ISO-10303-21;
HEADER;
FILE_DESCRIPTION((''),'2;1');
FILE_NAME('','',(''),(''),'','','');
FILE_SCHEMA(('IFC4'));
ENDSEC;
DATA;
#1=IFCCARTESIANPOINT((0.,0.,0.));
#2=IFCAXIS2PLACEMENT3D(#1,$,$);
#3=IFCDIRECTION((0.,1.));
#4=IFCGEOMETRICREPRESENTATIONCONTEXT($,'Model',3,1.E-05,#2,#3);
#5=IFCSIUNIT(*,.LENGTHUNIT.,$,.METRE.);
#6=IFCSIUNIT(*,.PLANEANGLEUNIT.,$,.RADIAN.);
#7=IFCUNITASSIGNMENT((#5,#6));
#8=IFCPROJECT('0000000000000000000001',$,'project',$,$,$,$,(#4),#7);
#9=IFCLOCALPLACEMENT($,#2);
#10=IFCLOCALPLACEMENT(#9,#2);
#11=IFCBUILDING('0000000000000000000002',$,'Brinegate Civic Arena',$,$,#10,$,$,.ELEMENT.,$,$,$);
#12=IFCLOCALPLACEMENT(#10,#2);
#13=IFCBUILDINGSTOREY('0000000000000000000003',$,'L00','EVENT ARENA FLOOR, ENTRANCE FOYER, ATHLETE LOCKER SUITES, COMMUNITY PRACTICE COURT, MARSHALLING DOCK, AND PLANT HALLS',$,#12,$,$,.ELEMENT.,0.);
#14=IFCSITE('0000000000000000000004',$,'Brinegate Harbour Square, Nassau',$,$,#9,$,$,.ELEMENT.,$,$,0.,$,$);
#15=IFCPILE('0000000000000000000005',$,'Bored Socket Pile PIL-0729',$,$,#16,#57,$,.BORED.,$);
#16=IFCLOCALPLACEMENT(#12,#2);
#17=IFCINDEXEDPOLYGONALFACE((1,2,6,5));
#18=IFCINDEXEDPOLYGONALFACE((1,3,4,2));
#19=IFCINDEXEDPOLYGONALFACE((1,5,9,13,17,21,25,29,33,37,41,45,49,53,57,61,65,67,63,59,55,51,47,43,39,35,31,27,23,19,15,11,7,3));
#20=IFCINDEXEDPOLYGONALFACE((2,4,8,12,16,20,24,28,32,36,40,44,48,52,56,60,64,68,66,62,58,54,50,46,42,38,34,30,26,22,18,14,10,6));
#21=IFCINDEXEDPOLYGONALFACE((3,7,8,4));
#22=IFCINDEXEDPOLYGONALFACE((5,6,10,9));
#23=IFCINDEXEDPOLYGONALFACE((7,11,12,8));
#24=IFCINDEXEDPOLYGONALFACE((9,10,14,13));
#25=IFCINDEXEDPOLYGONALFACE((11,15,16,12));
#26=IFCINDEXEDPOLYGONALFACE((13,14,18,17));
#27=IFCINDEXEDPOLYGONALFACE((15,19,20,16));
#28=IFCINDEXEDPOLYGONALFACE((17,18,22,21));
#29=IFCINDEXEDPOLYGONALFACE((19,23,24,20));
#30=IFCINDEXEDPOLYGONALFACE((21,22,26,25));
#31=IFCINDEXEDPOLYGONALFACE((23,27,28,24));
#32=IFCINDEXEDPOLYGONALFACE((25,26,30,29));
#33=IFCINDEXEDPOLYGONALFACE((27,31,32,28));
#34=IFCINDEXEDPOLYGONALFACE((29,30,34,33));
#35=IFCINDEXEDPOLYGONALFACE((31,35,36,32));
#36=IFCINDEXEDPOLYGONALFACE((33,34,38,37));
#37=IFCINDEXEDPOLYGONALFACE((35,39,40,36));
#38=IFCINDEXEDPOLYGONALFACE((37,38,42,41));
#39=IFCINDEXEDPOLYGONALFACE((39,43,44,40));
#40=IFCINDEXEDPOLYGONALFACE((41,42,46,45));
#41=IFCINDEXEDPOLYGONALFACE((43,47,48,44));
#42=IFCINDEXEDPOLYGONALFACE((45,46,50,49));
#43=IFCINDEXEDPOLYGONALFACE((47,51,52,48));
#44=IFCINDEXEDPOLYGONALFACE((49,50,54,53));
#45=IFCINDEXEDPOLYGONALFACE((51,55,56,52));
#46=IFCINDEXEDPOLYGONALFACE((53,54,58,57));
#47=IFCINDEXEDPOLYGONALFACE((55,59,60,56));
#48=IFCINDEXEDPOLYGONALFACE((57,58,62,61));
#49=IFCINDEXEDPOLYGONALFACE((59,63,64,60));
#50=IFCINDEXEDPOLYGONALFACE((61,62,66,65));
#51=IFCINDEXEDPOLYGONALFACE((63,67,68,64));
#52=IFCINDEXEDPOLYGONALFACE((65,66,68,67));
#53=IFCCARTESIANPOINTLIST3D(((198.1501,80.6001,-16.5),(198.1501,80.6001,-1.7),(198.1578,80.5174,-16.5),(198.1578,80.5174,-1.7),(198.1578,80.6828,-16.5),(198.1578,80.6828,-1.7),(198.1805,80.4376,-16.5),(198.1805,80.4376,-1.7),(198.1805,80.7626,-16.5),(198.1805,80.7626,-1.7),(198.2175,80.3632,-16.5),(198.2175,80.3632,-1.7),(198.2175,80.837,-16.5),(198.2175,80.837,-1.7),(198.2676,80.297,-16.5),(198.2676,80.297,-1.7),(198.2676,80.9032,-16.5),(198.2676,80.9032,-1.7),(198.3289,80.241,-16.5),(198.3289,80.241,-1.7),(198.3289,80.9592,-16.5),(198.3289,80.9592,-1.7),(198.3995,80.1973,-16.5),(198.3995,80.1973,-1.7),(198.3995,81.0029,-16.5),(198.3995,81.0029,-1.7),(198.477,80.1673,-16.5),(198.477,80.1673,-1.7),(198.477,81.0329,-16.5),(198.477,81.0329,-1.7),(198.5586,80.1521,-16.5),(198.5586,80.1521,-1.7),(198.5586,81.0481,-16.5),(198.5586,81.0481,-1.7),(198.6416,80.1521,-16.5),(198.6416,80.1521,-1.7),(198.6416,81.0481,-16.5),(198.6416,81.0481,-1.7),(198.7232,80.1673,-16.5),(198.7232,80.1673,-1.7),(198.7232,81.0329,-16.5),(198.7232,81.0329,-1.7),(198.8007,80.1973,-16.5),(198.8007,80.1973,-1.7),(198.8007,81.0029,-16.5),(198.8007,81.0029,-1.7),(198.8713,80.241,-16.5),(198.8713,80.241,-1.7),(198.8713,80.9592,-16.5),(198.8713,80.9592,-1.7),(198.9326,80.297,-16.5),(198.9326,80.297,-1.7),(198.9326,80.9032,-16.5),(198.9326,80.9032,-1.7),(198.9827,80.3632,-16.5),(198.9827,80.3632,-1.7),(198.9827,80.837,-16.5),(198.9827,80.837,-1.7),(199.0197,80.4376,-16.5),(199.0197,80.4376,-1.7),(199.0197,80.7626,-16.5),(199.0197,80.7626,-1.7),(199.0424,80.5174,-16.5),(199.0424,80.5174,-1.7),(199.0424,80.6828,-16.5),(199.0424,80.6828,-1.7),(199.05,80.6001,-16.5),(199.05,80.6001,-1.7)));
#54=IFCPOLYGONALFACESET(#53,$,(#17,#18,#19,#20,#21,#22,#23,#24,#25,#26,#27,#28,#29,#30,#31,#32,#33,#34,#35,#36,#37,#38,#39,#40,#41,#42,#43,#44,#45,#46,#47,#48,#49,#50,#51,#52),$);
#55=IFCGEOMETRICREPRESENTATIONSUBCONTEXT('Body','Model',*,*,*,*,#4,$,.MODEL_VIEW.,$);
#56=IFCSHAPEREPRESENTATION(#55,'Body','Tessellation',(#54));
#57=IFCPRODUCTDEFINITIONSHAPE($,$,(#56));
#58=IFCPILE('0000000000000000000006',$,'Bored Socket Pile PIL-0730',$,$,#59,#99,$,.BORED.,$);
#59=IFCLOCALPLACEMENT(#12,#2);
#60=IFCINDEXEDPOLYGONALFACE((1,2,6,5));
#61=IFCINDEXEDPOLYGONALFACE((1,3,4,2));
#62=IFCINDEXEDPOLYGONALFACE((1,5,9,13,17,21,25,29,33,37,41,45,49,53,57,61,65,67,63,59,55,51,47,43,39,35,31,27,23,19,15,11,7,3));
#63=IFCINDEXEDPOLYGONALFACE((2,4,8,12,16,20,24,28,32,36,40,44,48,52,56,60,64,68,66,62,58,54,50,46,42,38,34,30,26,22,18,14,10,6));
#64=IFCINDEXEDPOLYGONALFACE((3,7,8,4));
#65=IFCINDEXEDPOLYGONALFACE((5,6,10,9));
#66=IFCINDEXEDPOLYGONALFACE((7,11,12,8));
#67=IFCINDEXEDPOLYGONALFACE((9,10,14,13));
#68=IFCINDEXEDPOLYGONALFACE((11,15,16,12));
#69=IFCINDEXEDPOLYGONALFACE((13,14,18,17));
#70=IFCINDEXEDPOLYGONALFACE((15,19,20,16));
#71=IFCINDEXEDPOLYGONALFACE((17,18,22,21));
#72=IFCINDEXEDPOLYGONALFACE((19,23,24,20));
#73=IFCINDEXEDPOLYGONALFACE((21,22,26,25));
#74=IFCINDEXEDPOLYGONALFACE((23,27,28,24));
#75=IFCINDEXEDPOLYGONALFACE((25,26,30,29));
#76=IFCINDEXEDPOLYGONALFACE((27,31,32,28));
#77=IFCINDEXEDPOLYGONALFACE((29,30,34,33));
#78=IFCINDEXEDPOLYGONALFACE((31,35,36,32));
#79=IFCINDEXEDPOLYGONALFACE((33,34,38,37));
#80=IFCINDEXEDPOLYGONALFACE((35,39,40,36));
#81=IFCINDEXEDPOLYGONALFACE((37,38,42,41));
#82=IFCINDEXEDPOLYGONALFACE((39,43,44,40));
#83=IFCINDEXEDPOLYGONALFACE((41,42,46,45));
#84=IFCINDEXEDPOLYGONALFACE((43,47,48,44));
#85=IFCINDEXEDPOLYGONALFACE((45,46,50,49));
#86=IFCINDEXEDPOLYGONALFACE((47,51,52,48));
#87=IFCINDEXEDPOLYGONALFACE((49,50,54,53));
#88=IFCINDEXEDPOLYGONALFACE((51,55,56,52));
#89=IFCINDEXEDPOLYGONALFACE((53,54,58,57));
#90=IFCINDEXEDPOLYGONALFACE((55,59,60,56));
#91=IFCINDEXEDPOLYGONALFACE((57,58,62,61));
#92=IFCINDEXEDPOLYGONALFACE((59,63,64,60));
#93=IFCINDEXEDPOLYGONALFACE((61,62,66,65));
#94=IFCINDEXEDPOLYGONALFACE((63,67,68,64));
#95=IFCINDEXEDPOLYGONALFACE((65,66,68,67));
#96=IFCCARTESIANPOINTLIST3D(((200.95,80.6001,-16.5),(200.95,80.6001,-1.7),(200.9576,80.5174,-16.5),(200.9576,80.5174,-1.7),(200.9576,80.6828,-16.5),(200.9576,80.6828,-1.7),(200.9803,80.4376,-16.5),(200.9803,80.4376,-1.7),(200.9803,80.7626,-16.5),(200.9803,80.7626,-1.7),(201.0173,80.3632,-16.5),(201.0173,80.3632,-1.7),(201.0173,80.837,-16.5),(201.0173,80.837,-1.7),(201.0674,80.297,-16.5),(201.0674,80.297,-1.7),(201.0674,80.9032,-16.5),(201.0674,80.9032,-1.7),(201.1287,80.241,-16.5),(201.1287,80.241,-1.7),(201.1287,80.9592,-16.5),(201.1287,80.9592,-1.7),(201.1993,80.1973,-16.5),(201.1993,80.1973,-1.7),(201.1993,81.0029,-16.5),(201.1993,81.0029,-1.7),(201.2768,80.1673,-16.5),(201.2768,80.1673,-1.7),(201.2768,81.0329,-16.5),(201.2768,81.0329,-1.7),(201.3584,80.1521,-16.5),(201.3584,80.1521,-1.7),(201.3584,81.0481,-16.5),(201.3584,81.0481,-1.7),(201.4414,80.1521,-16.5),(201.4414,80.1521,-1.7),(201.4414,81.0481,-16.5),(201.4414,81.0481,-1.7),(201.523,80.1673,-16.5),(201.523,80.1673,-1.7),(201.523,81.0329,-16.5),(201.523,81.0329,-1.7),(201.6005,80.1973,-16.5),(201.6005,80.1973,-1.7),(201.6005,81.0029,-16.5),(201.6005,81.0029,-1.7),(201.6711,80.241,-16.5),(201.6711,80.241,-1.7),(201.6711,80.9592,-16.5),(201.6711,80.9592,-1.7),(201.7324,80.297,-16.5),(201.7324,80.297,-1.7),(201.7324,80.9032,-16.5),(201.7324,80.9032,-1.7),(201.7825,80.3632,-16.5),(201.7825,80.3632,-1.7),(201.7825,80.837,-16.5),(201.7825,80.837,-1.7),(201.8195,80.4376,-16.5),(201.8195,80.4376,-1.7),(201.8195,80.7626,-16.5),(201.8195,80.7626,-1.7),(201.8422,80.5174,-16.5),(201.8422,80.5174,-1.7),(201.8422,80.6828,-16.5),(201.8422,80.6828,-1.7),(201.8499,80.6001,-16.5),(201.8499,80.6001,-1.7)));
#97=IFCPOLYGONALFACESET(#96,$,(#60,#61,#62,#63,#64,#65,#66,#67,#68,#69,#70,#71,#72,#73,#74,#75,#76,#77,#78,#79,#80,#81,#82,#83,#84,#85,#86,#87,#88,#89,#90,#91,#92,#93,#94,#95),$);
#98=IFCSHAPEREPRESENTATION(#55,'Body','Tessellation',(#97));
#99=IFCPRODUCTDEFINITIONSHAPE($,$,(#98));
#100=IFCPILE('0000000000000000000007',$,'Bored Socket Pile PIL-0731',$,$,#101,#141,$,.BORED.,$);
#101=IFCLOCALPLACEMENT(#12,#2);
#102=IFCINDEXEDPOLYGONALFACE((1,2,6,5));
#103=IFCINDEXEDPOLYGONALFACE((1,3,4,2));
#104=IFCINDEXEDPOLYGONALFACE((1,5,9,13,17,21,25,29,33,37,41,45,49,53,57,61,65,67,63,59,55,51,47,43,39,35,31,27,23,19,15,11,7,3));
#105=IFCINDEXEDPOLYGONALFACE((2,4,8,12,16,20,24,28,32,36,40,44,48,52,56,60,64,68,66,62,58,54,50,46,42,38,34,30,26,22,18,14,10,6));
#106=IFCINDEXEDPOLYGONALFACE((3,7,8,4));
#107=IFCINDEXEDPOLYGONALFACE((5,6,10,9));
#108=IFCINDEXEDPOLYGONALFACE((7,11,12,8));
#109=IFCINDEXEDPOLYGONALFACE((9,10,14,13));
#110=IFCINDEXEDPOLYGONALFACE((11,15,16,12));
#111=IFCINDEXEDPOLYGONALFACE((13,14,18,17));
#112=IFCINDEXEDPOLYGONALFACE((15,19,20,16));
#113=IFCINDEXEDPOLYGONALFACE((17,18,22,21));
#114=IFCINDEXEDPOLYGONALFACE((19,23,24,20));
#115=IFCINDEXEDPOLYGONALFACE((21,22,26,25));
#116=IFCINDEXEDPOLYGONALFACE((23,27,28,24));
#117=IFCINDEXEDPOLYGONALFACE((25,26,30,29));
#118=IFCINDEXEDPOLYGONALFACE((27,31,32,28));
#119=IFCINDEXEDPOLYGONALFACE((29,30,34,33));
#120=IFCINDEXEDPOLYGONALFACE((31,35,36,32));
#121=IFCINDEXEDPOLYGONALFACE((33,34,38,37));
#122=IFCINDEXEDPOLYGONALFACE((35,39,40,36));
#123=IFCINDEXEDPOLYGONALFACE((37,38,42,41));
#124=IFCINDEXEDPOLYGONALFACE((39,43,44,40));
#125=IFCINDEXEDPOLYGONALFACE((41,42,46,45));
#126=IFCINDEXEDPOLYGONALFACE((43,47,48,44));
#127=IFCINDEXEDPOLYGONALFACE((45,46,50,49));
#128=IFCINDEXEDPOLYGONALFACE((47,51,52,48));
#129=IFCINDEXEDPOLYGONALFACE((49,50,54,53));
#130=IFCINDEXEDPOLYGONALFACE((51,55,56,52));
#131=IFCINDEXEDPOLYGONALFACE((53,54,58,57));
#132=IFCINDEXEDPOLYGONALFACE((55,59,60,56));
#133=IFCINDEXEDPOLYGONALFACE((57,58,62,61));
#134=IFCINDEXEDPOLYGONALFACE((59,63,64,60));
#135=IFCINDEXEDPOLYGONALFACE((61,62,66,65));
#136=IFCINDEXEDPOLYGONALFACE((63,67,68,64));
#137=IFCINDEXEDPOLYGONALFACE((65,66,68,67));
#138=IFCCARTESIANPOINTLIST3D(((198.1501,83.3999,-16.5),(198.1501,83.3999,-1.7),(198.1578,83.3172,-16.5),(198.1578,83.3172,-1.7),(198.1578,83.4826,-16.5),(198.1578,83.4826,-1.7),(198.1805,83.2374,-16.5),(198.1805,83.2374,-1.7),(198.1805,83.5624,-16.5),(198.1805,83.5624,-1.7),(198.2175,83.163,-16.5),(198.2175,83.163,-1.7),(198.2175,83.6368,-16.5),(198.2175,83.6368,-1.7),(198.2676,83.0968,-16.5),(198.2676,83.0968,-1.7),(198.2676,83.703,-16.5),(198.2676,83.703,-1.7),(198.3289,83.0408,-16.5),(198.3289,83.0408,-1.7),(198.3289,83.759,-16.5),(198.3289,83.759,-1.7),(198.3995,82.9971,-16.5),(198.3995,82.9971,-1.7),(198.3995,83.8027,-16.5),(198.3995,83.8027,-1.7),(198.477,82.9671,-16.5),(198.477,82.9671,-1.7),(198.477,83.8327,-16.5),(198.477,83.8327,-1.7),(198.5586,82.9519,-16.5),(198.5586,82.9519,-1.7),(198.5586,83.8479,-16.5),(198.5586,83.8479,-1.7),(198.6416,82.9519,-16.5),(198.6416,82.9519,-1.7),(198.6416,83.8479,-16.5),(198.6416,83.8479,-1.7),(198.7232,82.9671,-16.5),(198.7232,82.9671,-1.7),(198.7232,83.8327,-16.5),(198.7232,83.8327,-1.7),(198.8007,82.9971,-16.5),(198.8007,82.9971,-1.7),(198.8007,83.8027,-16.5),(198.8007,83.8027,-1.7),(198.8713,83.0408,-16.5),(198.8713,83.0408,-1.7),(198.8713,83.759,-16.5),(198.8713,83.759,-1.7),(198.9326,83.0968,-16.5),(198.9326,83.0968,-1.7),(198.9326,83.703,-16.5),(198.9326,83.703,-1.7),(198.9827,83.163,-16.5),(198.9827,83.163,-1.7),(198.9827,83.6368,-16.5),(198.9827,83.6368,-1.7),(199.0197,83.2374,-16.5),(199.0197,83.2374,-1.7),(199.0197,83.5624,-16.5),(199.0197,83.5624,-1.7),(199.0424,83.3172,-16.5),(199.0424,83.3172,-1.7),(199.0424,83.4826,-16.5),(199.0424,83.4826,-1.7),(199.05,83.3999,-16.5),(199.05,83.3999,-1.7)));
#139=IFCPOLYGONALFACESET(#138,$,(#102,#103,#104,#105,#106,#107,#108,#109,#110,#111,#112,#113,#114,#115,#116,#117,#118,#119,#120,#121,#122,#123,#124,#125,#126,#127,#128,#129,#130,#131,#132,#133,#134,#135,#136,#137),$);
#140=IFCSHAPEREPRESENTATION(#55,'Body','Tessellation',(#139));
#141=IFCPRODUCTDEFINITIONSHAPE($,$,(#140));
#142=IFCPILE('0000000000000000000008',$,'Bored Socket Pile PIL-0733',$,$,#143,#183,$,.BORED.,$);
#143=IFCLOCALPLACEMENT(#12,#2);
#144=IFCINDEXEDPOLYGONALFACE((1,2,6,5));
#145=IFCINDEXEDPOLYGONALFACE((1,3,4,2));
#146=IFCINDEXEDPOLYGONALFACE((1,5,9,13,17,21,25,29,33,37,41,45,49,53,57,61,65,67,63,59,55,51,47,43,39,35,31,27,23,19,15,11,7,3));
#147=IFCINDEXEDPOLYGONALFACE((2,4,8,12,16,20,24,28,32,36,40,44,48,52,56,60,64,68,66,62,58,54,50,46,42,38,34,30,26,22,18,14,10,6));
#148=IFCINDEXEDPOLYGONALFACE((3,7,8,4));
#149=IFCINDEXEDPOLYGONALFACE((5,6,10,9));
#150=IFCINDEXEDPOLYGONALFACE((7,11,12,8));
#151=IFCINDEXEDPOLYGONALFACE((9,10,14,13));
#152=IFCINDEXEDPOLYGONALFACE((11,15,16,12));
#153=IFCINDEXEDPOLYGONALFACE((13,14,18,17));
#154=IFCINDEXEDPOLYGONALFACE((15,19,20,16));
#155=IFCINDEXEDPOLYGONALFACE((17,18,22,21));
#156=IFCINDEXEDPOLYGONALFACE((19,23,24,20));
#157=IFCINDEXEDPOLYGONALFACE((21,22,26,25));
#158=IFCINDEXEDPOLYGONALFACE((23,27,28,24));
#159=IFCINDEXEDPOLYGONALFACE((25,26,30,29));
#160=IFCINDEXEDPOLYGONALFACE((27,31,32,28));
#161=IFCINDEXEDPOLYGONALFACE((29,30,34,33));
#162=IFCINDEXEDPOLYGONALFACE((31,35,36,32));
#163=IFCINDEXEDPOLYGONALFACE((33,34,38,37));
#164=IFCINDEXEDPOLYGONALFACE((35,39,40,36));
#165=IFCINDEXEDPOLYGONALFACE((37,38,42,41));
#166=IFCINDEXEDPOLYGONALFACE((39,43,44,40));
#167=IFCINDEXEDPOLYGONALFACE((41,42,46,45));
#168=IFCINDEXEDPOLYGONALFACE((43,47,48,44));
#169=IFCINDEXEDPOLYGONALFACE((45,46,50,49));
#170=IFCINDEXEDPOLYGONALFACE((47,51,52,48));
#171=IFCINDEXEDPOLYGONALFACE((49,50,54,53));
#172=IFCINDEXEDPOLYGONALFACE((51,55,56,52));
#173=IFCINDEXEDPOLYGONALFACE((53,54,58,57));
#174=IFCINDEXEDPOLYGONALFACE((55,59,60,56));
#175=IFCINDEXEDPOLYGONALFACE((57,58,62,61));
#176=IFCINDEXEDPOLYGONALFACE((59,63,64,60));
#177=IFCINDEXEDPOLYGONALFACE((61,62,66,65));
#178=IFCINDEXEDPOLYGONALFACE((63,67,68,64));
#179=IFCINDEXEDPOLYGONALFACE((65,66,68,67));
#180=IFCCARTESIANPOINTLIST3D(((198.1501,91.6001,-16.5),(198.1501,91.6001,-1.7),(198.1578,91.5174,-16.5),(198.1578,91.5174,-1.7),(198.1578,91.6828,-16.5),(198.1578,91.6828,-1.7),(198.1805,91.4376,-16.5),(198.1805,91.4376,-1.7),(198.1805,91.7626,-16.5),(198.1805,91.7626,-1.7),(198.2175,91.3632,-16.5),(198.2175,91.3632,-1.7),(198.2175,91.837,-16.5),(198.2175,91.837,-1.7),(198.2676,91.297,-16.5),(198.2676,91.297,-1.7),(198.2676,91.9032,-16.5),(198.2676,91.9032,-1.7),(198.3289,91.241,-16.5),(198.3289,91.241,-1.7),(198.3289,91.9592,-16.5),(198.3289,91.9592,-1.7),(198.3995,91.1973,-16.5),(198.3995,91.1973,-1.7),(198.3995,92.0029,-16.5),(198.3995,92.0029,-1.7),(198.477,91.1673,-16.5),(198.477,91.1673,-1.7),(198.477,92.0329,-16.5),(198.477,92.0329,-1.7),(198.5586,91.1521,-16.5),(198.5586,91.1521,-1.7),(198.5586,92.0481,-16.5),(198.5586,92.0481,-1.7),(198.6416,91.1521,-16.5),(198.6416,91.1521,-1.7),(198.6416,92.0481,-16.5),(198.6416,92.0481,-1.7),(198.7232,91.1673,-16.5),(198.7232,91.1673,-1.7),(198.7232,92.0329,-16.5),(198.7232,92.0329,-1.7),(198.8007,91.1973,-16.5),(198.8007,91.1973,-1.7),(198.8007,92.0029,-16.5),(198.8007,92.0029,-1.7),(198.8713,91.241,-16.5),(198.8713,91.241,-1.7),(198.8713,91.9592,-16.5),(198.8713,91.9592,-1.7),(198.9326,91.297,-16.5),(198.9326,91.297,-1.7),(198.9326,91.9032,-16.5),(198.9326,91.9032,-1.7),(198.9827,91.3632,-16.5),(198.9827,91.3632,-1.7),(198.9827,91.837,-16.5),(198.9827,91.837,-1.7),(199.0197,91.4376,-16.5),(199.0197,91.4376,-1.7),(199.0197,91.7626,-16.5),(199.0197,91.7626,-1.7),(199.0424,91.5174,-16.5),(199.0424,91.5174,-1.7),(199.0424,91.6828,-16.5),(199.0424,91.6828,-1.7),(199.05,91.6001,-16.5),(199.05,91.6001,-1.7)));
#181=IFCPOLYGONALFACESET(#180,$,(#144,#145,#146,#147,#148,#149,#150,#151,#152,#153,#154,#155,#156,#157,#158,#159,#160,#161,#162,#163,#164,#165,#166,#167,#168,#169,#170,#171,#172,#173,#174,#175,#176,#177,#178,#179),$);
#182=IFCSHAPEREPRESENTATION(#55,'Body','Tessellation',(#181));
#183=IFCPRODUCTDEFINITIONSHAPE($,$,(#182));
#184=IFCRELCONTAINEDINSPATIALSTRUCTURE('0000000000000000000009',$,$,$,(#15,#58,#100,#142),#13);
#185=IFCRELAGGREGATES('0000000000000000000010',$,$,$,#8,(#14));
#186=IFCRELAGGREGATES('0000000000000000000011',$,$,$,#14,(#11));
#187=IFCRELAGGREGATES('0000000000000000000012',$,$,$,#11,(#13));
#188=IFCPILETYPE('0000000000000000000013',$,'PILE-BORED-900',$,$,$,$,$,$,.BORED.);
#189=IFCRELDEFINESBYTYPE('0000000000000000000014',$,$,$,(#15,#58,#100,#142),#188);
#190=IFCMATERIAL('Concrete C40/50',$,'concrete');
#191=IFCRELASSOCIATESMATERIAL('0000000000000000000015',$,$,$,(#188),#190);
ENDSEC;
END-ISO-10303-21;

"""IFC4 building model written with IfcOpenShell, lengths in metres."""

from ifc_helpers import new_model, si_unit, direction, frame, origin, origin_2d, place, context, subcontext, project, spatial, circle, extrude, material, material_profile, profile_set, type_object, element, save


model = new_model("IFC4")

# Units and contexts
model_context = context("Model", 3, precision=1e-05, world=origin(), true_north=direction((0.0, 1.0)))
body_context = subcontext(model_context, "Body", "Model", "MODEL_VIEW")
ifc_project = project(units=[si_unit("LENGTHUNIT", "METRE"), si_unit("PLANEANGLEUNIT", "RADIAN")], contexts=[model_context])

# Site, building, storey
site_placement = place(None, origin())
site = spatial("IfcSite", under=ifc_project, at=site_placement, Name="Brinegate Harbour Square, Nassau", CompositionType="ELEMENT", RefElevation=0.0)
building_placement = place(site_placement, origin())
building = spatial("IfcBuilding", under=site, at=building_placement, Name="Brinegate Civic Arena", CompositionType="ELEMENT")
storey_placement = place(building_placement, origin())
storey = spatial("IfcBuildingStorey", under=building, at=storey_placement, Name="L00", Description="EVENT ARENA FLOOR, ENTRANCE FOYER, ATHLETE LOCKER SUITES, COMMUNITY PRACTICE COURT, MARSHALLING DOCK, AND PLANT HALLS", CompositionType="ELEMENT", Elevation=0.0)

# Shared definitions
ifc_material_1 = material(Name="Concrete C40/50", Category="concrete")

# Piles
ifc_material_profile_1 = material_profile(ifc_material_1, circle(Radius=0.45, at=origin_2d()), Name="PILED900")
ifc_profile_set_1 = profile_set([ifc_material_profile_1], Name="Concrete C40/50")
pile_type = type_object("IfcPileType", Name="PILE-BORED-900", PredefinedType="BORED", material=ifc_profile_set_1)
for number, where, z_axis, x_axis, name in (
    (1, (198.6001, 80.6001, -1.7), (0.0, 0.0, -1.0), (1.0, 0.0, 0.0), "Bored Socket Pile PIL-0729"),
    (2, (201.3999, 80.6001, -1.7), (0.0, 0.0, -1.0), (1.0, 0.0, 0.0), "Bored Socket Pile PIL-0730"),
    (3, (198.6001, 83.3999, -1.7), (0.0, 0.0, -1.0), (1.0, 0.0, 0.0), "Bored Socket Pile PIL-0731"),
    (4, (198.6001, 91.6001, -1.7), (0.0, 0.0, -1.0), (1.0, 0.0, 0.0), "Bored Socket Pile PIL-0733"),
):
    element("IfcPile", number, at=place(storey_placement, frame(where, z_axis=z_axis, x_axis=x_axis)), inside=storey, type_object=pile_type, Name=name, PredefinedType="BORED", context=body_context, shape_type="SweptSolid", body=[
        extrude(circle(Radius=0.45, at=origin_2d()), origin(), (0.0, 0.0, 1.0), 14.8),
    ])

save(model, "model.ifc")
